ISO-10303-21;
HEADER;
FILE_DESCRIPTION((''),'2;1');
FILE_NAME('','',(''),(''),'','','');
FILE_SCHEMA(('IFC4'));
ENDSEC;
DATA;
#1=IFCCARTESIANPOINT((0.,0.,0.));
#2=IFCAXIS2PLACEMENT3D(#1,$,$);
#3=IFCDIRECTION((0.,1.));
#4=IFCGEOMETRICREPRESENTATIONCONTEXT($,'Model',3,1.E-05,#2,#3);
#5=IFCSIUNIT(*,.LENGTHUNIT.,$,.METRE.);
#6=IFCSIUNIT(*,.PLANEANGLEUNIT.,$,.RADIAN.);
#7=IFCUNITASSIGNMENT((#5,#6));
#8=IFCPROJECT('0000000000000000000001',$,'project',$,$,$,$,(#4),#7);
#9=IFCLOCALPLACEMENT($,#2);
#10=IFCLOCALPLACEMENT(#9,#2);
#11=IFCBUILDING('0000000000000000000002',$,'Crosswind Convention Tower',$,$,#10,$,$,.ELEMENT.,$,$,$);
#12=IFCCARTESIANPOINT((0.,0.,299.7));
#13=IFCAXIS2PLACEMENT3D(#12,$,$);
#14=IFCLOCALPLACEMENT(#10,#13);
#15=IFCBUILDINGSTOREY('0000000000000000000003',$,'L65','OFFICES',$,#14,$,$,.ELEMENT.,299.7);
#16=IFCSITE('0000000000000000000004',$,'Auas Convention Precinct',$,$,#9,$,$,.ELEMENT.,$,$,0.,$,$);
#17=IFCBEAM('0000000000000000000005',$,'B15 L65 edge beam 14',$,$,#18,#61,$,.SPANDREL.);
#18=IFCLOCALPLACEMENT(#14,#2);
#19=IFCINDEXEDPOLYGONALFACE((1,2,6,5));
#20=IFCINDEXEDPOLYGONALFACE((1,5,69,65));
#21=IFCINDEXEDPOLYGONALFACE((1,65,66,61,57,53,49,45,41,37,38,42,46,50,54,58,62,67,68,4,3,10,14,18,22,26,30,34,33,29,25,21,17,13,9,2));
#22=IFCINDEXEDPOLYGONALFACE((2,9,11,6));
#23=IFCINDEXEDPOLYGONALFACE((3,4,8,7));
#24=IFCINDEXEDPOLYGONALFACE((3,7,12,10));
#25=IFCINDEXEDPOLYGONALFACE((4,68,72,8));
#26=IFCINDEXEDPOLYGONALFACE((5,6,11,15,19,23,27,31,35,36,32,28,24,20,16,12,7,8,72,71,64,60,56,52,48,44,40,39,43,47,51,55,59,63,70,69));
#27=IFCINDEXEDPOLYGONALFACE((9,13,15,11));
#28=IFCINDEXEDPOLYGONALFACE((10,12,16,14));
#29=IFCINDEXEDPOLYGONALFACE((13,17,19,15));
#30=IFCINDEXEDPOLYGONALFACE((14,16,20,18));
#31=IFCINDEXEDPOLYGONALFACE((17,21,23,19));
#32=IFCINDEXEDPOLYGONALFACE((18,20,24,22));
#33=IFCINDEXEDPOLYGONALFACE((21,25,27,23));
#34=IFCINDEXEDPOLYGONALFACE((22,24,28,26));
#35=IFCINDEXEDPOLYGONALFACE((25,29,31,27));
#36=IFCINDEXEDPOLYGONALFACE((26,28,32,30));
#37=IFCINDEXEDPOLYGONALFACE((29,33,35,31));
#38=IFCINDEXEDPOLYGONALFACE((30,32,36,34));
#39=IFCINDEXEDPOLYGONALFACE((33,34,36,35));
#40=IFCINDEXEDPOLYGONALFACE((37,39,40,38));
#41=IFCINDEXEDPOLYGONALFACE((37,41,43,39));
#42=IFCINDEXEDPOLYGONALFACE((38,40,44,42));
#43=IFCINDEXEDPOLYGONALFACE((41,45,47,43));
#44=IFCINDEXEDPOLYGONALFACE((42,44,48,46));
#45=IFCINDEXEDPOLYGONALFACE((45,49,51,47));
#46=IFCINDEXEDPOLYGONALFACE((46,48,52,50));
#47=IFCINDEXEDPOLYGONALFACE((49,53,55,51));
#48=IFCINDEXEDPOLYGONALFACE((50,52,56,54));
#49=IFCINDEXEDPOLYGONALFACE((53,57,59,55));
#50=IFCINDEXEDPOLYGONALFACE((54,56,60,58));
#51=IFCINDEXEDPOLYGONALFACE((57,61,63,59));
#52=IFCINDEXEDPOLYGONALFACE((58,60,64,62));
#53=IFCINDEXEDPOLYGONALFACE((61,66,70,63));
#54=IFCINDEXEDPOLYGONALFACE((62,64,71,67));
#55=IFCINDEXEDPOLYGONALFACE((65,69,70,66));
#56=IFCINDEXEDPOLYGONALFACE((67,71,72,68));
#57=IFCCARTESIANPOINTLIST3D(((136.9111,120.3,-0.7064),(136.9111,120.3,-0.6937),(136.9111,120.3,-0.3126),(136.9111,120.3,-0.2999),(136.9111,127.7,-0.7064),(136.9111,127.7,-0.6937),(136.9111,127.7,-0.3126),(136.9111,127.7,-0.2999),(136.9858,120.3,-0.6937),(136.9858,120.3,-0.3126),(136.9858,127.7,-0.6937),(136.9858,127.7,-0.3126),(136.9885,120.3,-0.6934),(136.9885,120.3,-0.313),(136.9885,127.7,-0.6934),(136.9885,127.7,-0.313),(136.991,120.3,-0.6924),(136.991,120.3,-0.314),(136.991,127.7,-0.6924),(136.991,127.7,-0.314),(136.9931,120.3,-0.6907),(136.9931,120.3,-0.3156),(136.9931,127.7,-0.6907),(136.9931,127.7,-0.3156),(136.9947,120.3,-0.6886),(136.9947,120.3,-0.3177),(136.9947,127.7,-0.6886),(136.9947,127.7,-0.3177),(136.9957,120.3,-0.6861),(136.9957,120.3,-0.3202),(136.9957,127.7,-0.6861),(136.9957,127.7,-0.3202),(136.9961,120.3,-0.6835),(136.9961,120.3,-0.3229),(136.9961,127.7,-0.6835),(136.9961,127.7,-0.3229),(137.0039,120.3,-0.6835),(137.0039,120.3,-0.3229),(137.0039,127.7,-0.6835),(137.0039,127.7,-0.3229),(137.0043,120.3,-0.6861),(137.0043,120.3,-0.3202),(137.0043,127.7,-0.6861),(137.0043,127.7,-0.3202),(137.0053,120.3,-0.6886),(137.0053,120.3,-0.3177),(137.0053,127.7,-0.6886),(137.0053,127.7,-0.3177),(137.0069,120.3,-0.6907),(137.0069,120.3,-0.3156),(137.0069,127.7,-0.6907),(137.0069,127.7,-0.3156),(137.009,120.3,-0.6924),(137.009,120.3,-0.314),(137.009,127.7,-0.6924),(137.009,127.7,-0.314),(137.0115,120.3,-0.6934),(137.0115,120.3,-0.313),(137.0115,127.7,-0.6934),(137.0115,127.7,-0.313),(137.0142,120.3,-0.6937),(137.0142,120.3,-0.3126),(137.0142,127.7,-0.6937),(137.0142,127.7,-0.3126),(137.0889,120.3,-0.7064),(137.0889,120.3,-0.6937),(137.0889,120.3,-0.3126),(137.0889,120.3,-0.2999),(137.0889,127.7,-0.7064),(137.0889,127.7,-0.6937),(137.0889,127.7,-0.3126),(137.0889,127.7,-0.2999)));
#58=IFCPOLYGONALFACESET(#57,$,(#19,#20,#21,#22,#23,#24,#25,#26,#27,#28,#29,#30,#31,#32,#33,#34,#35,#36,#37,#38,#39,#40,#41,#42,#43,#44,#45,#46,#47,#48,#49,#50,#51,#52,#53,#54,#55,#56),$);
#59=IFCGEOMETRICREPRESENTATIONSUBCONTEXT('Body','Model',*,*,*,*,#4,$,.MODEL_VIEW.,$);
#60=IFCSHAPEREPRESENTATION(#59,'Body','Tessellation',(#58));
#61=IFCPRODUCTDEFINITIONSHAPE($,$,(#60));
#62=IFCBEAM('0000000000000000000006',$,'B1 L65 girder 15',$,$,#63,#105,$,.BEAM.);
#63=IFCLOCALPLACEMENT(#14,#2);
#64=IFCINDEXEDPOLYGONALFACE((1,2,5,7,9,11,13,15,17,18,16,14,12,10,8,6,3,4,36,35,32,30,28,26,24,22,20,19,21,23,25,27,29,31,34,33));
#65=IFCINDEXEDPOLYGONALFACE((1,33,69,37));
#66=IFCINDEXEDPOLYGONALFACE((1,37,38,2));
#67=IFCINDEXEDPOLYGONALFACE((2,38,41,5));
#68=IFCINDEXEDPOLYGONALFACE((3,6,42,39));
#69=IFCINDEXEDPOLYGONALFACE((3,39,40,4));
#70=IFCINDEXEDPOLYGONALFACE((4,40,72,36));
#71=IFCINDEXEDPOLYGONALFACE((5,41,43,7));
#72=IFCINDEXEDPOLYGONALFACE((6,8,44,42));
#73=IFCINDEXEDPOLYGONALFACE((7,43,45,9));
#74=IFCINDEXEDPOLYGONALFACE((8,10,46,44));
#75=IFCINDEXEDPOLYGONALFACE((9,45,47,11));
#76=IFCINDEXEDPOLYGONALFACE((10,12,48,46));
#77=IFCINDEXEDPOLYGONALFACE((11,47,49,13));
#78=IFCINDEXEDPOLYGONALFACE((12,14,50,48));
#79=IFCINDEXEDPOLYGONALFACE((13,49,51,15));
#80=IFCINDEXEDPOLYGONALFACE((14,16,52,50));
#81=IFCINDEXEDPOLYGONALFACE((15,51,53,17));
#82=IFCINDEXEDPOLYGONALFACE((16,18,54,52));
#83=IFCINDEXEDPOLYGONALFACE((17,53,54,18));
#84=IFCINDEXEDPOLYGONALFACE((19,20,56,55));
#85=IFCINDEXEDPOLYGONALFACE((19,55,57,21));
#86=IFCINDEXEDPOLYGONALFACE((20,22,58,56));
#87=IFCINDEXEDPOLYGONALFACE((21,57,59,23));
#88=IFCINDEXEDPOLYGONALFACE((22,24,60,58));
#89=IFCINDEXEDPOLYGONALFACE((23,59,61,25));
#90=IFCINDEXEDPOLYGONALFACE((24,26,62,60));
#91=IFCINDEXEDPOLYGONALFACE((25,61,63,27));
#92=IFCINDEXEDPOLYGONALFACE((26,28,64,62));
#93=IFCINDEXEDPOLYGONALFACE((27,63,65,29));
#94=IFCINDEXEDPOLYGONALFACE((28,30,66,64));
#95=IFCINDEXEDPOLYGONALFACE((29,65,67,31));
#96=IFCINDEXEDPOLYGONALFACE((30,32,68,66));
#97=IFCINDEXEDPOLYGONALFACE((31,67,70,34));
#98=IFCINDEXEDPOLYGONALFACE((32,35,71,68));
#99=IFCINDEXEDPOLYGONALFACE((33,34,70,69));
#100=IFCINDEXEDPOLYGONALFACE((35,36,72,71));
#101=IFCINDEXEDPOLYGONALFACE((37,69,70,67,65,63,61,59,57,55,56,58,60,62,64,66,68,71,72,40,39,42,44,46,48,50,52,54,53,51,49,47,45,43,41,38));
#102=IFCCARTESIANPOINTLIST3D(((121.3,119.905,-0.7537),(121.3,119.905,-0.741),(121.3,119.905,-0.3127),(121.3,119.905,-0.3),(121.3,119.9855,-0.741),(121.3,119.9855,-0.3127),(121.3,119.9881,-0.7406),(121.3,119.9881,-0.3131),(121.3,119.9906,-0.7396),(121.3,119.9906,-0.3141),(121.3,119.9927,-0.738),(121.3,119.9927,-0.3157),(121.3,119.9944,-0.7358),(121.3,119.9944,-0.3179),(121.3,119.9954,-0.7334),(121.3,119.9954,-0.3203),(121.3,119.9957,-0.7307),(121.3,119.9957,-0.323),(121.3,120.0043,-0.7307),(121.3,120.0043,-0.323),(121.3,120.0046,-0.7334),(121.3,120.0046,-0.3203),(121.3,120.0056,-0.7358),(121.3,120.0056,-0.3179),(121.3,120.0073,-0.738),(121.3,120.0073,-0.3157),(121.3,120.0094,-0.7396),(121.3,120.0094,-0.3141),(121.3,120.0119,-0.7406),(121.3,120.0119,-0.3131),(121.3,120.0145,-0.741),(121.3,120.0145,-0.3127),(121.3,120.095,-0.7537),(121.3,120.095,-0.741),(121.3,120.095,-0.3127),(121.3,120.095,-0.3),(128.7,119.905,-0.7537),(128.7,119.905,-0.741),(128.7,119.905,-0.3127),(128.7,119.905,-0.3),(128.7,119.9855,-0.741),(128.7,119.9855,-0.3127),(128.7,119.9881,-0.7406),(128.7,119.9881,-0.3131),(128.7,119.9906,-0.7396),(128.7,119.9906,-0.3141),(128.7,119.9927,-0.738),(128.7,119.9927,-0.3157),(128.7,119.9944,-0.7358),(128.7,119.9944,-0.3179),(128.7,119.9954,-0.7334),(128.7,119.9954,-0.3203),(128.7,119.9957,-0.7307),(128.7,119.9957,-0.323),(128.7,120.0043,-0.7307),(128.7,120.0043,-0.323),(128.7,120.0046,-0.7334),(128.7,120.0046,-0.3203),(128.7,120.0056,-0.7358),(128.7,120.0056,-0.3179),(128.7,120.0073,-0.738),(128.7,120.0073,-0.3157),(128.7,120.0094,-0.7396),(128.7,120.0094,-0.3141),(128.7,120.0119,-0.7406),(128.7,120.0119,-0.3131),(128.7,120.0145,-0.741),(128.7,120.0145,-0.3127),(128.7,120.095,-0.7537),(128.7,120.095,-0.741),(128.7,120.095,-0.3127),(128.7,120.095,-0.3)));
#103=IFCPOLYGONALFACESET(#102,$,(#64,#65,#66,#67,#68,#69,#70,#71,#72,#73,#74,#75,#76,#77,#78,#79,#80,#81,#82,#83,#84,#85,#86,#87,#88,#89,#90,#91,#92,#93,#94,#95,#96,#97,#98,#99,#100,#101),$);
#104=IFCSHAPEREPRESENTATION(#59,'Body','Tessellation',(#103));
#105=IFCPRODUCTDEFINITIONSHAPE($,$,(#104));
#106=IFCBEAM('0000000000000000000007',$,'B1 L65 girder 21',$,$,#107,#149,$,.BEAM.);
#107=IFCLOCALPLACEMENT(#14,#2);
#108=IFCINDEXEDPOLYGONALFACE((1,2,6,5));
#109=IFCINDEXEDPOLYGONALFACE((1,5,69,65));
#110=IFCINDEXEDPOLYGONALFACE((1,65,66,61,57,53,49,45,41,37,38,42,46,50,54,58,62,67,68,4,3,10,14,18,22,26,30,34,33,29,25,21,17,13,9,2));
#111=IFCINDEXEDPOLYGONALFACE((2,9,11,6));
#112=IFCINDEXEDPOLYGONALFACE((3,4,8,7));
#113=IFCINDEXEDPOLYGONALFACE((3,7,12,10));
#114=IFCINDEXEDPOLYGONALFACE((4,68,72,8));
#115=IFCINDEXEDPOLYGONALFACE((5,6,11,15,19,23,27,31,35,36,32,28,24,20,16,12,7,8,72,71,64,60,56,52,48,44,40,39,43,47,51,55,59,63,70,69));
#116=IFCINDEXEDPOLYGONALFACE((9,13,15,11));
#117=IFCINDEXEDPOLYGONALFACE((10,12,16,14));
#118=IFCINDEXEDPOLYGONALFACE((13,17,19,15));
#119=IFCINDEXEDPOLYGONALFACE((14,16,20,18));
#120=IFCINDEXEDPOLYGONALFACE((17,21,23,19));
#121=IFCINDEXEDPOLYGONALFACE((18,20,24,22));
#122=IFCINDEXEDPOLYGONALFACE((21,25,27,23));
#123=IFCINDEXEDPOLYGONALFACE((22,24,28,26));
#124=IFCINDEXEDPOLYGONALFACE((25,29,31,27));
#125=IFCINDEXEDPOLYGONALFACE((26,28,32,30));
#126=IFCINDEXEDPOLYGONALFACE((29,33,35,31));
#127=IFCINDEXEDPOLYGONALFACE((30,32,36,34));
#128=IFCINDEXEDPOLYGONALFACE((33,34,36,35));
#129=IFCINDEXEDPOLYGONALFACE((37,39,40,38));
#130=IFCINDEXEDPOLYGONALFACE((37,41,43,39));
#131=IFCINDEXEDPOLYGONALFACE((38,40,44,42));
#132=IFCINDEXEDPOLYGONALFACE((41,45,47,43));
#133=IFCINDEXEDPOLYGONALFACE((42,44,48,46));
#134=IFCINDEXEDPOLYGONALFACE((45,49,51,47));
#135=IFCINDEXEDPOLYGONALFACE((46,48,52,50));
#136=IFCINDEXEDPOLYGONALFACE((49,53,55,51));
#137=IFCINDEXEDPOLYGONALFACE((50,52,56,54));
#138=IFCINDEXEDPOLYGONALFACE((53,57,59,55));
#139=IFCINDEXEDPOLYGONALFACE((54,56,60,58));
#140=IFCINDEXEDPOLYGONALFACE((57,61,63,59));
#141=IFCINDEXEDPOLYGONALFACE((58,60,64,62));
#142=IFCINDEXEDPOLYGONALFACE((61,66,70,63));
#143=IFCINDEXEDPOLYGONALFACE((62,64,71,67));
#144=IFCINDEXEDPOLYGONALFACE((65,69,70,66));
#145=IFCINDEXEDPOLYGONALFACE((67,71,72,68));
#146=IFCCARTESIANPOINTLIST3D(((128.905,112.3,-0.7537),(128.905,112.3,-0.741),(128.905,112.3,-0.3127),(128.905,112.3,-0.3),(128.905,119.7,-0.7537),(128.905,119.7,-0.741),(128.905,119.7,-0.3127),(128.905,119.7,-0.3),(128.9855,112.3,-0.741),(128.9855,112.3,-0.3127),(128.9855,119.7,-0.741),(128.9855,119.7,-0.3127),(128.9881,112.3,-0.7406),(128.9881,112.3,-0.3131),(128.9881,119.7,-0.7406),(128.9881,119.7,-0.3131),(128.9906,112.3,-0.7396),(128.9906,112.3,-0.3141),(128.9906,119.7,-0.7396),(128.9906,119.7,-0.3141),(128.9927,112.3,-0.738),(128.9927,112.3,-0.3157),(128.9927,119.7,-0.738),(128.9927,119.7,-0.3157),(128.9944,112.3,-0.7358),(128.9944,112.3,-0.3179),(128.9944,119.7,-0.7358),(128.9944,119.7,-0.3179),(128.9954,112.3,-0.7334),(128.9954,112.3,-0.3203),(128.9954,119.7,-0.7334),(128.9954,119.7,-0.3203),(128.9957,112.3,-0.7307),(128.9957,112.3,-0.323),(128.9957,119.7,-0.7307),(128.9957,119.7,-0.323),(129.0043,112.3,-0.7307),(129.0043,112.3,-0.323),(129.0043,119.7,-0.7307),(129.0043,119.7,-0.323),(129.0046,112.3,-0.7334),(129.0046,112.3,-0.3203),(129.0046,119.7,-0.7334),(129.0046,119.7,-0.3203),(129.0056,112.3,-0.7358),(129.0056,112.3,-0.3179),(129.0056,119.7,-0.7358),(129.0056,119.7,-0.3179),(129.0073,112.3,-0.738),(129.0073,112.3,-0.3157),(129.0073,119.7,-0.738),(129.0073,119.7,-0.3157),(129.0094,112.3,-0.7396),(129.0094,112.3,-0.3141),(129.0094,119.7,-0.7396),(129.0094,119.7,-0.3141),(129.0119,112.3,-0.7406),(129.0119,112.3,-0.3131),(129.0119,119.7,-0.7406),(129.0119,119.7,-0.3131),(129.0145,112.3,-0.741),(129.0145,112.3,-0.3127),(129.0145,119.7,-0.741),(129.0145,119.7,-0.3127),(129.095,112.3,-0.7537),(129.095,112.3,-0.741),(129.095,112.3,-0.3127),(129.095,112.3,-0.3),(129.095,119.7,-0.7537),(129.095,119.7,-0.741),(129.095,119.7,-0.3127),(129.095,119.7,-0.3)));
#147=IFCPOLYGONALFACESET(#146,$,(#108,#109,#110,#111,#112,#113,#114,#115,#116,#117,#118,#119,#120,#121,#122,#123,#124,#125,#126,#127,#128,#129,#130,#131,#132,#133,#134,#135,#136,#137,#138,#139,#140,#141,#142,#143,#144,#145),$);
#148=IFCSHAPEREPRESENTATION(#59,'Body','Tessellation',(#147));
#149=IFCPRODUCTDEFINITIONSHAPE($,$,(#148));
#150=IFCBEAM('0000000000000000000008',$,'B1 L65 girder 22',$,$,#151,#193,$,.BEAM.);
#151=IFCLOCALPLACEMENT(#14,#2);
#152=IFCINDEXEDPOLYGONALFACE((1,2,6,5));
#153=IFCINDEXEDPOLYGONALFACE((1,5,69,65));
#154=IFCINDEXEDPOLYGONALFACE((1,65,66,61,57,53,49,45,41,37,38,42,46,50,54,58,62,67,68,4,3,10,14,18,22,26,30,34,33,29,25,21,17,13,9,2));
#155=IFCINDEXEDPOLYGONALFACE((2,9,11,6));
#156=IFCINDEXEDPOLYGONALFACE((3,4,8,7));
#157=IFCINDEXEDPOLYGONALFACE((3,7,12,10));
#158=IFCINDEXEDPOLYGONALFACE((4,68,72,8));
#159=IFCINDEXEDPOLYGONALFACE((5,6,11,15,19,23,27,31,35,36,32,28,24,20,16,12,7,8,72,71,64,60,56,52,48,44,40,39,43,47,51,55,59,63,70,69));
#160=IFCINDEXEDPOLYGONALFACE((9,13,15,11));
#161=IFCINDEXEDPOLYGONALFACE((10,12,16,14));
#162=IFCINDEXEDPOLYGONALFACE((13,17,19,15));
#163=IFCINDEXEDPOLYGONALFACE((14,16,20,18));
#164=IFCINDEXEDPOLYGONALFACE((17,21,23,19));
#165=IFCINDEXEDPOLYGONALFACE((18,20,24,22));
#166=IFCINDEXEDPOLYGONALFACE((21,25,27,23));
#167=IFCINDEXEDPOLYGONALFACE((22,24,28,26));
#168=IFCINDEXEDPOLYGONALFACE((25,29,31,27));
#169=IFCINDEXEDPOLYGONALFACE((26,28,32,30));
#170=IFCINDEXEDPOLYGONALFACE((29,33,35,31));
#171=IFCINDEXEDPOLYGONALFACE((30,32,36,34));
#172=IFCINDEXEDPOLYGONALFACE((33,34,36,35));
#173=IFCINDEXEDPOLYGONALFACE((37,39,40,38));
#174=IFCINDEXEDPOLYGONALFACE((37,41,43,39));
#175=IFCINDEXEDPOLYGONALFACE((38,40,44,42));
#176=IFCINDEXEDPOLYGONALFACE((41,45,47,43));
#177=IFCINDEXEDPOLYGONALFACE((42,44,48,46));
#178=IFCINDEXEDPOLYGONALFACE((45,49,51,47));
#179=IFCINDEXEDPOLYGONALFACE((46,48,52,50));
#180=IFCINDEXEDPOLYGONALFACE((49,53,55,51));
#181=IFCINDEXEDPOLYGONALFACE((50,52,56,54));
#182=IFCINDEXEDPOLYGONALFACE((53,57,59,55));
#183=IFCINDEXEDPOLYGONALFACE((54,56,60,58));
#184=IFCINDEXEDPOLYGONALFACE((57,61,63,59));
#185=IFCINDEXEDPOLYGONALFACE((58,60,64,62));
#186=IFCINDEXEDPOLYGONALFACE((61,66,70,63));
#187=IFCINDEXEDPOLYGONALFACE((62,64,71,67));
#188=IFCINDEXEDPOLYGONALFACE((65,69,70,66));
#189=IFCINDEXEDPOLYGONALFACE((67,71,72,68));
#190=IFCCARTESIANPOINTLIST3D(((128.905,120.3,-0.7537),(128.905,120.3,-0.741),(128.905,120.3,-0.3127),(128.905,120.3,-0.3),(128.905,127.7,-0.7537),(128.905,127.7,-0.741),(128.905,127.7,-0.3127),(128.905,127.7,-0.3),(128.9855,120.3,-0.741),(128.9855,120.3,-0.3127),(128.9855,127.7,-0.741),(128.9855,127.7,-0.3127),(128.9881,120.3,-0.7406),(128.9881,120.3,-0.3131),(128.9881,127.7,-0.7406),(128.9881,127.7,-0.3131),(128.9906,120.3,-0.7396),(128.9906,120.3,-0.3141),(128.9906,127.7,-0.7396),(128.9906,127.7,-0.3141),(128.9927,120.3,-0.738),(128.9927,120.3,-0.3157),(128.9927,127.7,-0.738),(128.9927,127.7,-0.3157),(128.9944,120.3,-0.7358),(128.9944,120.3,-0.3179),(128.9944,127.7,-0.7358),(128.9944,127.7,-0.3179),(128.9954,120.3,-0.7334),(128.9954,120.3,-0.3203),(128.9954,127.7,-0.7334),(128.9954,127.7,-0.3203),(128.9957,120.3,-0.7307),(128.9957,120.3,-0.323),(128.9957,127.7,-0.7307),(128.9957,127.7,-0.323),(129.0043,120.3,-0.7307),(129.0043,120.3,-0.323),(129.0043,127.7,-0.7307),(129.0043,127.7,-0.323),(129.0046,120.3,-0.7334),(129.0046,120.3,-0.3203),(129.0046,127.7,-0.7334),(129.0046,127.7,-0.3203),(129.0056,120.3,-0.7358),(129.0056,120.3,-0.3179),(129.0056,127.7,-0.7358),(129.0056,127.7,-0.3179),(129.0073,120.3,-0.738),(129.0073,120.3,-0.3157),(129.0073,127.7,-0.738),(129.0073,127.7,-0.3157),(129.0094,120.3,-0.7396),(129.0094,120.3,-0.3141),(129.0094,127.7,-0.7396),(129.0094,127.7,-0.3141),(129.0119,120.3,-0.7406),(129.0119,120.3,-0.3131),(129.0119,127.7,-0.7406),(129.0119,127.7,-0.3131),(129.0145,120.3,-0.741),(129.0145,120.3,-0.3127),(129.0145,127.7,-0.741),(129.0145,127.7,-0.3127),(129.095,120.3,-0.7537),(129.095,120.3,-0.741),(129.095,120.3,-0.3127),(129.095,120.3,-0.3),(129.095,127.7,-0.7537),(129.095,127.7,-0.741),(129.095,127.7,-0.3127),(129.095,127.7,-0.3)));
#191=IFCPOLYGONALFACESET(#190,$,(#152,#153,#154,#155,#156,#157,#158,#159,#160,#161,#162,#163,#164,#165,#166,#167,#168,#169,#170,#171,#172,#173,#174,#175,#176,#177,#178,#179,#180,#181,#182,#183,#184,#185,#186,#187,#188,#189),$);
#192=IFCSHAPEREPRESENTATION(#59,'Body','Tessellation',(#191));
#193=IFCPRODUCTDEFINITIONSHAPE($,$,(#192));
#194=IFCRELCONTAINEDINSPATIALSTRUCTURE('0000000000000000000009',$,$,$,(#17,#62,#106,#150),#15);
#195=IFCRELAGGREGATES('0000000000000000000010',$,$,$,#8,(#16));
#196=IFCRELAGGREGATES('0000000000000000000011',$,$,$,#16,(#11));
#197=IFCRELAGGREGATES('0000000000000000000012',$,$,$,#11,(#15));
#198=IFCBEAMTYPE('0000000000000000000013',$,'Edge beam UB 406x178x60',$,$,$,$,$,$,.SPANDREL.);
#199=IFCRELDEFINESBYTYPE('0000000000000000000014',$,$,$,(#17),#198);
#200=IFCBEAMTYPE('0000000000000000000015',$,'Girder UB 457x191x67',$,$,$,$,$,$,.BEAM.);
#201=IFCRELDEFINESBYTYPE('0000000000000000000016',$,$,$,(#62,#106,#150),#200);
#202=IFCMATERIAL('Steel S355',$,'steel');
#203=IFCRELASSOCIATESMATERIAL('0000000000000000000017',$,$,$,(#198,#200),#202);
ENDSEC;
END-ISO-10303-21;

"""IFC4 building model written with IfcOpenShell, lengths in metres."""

from ifc_helpers import new_model, si_unit, direction, frame, origin, origin_2d, place, context, subcontext, project, spatial, i_section, extrude, material, material_profile, profile_set, type_object, element, save


model = new_model("IFC4")

# Units and contexts
model_context = context("Model", 3, precision=1e-05, world=origin(), true_north=direction((0.0, 1.0)))
body_context = subcontext(model_context, "Body", "Model", "MODEL_VIEW")
ifc_project = project(units=[si_unit("LENGTHUNIT", "METRE"), si_unit("PLANEANGLEUNIT", "RADIAN")], contexts=[model_context])

# Site, building, storey
site_placement = place(None, origin())
site = spatial("IfcSite", under=ifc_project, at=site_placement, Name="Auas Convention Precinct", CompositionType="ELEMENT", RefElevation=0.0)
building_placement = place(site_placement, origin())
building = spatial("IfcBuilding", under=site, at=building_placement, Name="Crosswind Convention Tower", CompositionType="ELEMENT")
storey_placement = place(building_placement, frame((0.0, 0.0, 299.7)))
storey = spatial("IfcBuildingStorey", under=building, at=storey_placement, Name="L65", Description="OFFICES", CompositionType="ELEMENT", Elevation=299.7)

# Beams
ifc_material_1 = material(Name="Steel S355", Category="steel")
ifc_material_profile_1 = material_profile(ifc_material_1, i_section(OverallWidth=0.1777, OverallDepth=0.4065, WebThickness=0.0078, FlangeThickness=0.0127, FilletRadius=0.0103, at=origin_2d()), Name="UB 406x178x60")
ifc_profile_set_1 = profile_set([ifc_material_profile_1], Name="Steel S355")
beam_type_1 = type_object("IfcBeamType", Name="Edge beam UB 406x178x60", PredefinedType="SPANDREL", material=ifc_profile_set_1)
beam_1_placement = place(storey_placement, frame((137.0, 120.3, -0.5032), z_axis=(0.0, 1.0, 0.0), x_axis=(-1.0, 0.0, 0.0)))
element("IfcBeam", 1, at=beam_1_placement, inside=storey, type_object=beam_type_1, Name="B15 L65 edge beam 14", PredefinedType="SPANDREL", context=body_context, shape_type="SweptSolid", body=[
    extrude(i_section(OverallWidth=0.1777, OverallDepth=0.4065, WebThickness=0.0078, FlangeThickness=0.0127, FilletRadius=0.0103, at=origin_2d()), origin(), (0.0, 0.0, 1.0), 7.3999),
])
ifc_material_profile_2 = material_profile(ifc_material_1, i_section(OverallWidth=0.1899, OverallDepth=0.4536, WebThickness=0.0085, FlangeThickness=0.0127, FilletRadius=0.0103, at=origin_2d()), Name="UB 457x191x67")
ifc_profile_set_2 = profile_set([ifc_material_profile_2], Name="Steel S355")
beam_type_2 = type_object("IfcBeamType", Name="Girder UB 457x191x67", PredefinedType="BEAM", material=ifc_profile_set_2)
for number, where, z_axis, x_axis, name in (
    (2, (121.3, 120.0, -0.5269), (1.0, 0.0, 0.0), (0.0, 1.0, 0.0), "B1 L65 girder 15"),
    (3, (129.0, 112.3, -0.5269), (0.0, 1.0, 0.0), (-1.0, 0.0, 0.0), "B1 L65 girder 21"),
    (4, (129.0, 120.3, -0.5269), (0.0, 1.0, 0.0), (-1.0, 0.0, 0.0), "B1 L65 girder 22"),
):
    element("IfcBeam", number, at=place(storey_placement, frame(where, z_axis=z_axis, x_axis=x_axis)), inside=storey, type_object=beam_type_2, Name=name, PredefinedType="BEAM", context=body_context, shape_type="SweptSolid", body=[
        extrude(i_section(OverallWidth=0.1899, OverallDepth=0.4536, WebThickness=0.0085, FlangeThickness=0.0127, FilletRadius=0.0103, at=origin_2d()), origin(), (0.0, 0.0, 1.0), 7.3999),
    ])

save(model, "model.ifc")
